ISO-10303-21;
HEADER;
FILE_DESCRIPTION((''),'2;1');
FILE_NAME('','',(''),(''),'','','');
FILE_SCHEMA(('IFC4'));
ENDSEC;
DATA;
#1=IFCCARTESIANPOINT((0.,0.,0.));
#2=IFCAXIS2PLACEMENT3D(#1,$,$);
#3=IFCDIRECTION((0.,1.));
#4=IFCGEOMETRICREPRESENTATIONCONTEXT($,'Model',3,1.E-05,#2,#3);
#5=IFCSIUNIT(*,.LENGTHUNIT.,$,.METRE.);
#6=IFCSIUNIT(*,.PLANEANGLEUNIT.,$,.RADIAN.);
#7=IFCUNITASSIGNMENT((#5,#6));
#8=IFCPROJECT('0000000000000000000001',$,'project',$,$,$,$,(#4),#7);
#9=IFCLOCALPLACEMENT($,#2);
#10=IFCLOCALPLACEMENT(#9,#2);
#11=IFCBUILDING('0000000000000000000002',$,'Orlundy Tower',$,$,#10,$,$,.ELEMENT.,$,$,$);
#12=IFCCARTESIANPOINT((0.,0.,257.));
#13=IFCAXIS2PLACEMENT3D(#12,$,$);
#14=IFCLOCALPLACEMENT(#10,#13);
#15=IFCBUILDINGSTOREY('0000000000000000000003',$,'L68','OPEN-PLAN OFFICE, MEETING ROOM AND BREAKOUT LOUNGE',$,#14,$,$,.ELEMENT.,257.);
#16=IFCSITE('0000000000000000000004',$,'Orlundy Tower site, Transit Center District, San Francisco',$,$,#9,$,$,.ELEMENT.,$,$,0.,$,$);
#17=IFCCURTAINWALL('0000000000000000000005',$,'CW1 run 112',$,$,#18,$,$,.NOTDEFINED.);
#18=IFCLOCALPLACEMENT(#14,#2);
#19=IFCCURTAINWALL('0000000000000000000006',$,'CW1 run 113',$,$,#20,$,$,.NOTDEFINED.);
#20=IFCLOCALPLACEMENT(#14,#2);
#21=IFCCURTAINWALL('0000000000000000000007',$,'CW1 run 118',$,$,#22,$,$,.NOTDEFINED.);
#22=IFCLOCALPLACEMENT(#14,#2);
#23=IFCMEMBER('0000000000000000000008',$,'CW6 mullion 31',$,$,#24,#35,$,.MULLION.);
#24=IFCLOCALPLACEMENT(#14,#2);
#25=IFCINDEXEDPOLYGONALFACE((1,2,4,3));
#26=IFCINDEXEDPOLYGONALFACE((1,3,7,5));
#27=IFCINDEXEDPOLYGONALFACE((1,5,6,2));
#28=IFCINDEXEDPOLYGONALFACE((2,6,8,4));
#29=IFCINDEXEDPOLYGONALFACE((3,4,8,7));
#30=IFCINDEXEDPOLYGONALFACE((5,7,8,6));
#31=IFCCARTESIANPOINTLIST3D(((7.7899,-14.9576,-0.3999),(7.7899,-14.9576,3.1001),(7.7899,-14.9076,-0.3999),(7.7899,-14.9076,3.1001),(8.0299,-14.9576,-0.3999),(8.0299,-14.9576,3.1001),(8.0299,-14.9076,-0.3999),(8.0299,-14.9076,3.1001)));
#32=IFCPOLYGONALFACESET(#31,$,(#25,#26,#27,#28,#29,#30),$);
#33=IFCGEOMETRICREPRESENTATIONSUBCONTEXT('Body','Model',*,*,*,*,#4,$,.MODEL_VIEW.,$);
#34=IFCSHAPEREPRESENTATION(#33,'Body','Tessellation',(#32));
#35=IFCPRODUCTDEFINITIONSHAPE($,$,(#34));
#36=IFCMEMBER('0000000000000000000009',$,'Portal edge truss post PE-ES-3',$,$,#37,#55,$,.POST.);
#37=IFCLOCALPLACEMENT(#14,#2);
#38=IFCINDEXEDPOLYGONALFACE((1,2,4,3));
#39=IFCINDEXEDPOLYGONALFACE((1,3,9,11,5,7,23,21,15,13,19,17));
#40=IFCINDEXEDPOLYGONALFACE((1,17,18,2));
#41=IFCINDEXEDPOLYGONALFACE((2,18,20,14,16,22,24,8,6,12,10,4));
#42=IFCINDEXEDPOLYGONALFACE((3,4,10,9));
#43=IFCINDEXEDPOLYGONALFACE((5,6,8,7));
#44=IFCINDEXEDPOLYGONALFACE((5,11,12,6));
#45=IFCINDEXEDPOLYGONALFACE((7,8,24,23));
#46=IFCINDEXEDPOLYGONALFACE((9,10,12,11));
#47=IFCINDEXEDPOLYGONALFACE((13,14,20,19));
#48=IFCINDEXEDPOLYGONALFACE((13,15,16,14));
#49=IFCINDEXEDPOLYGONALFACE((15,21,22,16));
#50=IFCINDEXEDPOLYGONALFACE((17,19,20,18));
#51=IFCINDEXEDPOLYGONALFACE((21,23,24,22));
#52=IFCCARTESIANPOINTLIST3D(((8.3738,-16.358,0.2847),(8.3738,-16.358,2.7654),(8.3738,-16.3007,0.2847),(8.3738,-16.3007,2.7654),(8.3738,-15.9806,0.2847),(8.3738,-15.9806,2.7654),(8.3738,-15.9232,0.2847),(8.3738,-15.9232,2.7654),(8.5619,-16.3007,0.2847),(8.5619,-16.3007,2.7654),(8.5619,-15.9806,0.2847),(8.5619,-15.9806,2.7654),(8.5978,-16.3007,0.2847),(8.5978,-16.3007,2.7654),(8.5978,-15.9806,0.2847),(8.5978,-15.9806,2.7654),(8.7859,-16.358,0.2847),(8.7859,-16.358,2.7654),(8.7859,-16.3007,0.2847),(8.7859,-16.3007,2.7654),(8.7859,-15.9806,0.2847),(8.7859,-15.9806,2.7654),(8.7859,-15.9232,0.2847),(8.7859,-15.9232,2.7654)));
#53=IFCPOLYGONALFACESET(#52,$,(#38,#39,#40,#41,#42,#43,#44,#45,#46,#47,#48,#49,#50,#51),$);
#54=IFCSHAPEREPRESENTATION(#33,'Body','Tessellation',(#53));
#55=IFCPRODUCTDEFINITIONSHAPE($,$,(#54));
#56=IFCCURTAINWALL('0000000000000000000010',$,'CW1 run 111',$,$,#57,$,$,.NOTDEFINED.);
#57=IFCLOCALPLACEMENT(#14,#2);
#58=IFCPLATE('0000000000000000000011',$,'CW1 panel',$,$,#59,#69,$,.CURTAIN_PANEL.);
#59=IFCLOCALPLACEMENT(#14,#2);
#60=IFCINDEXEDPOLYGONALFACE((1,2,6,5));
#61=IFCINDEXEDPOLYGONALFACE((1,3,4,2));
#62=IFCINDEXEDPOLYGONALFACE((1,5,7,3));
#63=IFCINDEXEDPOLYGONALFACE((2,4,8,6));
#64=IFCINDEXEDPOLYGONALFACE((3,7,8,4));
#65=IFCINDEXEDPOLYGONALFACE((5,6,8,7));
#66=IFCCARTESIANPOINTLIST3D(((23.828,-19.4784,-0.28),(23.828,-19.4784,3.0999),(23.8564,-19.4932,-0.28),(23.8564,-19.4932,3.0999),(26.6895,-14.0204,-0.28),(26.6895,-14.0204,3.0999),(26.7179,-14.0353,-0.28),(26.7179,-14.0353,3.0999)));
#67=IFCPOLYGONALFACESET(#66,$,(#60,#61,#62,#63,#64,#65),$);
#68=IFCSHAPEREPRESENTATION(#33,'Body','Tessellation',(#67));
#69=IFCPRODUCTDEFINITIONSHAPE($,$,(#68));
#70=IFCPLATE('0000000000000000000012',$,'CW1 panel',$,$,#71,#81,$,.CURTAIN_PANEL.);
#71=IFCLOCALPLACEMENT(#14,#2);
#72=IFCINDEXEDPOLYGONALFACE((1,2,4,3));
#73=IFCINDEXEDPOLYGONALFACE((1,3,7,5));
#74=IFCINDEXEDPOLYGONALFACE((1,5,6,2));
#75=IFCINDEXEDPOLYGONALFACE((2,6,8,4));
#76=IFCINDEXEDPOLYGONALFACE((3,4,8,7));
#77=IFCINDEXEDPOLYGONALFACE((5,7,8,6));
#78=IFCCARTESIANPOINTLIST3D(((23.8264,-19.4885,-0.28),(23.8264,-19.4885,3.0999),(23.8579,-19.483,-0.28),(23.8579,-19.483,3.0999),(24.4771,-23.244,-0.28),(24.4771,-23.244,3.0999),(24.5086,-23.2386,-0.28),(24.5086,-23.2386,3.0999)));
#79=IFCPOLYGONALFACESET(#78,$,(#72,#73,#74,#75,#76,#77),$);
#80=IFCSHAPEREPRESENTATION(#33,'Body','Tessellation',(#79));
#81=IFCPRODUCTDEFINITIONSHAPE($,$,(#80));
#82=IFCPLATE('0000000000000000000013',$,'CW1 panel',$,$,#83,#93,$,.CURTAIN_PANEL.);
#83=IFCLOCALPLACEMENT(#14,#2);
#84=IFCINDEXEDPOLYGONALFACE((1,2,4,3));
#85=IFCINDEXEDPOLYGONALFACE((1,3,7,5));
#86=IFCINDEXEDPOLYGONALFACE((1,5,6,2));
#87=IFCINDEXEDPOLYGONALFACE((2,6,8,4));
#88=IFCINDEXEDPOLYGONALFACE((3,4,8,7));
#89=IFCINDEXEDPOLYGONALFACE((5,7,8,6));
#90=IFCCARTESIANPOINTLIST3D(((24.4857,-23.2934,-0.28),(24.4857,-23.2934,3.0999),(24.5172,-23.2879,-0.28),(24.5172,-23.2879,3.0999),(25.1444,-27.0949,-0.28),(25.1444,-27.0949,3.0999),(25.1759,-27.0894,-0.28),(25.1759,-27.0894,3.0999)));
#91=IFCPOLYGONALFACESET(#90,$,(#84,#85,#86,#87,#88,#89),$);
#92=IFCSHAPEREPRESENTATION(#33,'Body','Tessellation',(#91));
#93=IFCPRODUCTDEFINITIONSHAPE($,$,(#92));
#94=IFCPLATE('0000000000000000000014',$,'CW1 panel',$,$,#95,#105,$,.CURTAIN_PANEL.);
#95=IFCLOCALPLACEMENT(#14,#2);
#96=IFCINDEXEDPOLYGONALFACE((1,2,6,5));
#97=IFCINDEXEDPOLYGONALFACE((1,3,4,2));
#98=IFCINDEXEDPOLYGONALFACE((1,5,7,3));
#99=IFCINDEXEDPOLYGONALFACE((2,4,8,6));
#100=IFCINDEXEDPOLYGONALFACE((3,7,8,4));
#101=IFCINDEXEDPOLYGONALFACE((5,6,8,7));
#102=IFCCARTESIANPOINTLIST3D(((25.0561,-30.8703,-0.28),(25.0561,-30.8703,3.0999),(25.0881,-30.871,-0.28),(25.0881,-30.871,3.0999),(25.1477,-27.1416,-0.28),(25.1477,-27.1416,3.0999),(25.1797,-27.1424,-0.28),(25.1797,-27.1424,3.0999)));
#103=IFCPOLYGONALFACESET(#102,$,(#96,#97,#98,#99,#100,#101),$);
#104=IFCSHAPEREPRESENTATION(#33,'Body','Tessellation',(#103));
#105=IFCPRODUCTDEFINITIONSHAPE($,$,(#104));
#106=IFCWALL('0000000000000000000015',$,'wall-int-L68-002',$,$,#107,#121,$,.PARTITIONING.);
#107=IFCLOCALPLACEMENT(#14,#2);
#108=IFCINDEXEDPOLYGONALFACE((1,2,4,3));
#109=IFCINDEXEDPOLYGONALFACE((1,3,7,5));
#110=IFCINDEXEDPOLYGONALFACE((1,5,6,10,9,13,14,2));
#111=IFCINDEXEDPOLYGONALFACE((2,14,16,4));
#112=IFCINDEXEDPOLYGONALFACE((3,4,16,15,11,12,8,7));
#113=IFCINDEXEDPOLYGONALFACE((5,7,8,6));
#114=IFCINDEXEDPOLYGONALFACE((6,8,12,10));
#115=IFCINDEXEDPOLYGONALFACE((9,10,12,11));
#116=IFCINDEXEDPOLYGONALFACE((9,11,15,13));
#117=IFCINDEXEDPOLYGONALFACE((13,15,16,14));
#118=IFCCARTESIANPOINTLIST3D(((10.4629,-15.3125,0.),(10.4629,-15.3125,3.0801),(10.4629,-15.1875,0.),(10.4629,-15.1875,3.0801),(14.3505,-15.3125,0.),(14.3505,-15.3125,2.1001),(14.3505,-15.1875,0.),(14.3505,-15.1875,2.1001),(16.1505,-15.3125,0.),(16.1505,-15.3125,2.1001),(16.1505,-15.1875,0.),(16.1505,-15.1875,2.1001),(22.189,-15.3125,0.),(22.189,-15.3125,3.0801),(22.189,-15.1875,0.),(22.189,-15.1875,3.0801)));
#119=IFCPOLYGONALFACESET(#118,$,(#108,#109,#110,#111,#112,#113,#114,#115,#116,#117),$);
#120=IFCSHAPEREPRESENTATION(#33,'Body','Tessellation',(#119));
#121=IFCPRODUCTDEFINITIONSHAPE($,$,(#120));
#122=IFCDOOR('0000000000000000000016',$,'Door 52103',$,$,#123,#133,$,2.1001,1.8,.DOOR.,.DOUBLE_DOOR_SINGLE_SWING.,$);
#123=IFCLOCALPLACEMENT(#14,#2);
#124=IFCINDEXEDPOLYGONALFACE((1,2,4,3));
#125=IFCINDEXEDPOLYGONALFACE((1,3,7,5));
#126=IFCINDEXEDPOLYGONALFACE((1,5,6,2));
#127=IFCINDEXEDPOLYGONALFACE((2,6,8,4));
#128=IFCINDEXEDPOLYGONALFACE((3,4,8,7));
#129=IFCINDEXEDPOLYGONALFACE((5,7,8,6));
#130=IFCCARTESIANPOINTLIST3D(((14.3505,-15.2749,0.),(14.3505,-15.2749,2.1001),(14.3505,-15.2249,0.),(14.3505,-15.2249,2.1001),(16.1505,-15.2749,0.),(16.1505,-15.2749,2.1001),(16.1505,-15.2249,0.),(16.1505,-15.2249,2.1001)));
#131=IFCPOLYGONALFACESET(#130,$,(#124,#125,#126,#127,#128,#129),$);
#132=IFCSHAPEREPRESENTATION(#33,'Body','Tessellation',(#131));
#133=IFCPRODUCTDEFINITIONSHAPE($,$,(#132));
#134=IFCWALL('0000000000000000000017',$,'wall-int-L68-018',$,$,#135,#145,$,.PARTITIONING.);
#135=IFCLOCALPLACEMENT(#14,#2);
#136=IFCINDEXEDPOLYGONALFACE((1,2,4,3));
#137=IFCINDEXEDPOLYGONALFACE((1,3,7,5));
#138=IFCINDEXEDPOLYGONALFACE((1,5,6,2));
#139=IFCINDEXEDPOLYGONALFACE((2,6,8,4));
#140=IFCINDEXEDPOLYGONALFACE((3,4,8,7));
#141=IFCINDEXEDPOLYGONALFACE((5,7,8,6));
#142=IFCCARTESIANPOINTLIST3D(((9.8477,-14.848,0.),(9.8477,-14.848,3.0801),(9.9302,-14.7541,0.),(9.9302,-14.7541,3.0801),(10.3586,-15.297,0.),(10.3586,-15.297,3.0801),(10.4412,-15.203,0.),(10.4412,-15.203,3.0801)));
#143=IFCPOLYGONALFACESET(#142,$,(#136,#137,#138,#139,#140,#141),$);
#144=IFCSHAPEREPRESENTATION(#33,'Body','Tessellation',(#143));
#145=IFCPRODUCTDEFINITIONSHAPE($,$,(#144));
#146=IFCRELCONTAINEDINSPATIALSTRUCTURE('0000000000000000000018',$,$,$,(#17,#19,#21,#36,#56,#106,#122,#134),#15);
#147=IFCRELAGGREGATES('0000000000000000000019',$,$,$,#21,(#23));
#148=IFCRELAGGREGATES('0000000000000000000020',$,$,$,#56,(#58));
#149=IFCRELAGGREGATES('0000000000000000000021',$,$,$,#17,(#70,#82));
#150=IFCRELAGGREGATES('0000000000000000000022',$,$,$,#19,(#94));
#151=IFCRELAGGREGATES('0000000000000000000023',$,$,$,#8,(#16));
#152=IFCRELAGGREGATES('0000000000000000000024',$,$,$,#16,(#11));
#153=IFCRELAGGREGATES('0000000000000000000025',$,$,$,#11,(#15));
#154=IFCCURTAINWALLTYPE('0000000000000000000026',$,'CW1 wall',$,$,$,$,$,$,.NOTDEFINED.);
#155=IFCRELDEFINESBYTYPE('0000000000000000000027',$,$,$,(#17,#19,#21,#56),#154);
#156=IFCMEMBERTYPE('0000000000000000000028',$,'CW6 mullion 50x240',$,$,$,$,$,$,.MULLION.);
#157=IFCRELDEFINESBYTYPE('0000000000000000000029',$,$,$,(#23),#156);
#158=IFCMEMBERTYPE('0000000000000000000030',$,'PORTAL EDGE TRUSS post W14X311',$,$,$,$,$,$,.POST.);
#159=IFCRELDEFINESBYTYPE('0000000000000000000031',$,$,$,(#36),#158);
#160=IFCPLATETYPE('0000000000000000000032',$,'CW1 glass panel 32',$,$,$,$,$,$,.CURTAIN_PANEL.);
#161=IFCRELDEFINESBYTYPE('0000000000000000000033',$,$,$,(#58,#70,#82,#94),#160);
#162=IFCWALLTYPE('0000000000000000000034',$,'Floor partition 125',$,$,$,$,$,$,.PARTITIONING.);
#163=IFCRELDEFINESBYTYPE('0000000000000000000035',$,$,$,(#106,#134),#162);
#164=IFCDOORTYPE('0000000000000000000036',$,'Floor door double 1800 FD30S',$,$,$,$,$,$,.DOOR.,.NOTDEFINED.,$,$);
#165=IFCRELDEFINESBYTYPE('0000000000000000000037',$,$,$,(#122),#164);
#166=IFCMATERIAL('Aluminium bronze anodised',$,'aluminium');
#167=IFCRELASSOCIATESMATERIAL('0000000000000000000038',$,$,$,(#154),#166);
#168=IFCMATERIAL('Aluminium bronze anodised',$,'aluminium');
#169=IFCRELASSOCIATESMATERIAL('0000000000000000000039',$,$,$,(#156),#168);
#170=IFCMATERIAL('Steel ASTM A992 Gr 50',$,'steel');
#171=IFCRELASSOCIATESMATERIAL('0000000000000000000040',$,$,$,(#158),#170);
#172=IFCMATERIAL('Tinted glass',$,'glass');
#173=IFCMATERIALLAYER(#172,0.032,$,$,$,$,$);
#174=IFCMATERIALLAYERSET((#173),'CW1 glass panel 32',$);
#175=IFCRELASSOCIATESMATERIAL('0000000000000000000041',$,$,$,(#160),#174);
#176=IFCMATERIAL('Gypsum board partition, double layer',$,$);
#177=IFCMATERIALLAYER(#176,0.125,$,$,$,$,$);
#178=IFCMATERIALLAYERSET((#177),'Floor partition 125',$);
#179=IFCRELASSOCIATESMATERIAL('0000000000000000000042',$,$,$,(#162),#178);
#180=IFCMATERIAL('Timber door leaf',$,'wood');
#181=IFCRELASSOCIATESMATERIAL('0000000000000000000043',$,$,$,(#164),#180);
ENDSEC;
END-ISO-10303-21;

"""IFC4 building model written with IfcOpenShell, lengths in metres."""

from ifc_helpers import new_model, si_unit, direction, frame, frame_2d, origin, origin_2d, place, context, subcontext, project, spatial, rectangle, i_section, extrude, material, layer, layer_set, material_profile, profile_set, type_object, element, fill, aggregate, save


model = new_model("IFC4")

# Units and contexts
model_context = context("Model", 3, precision=1e-05, world=origin(), true_north=direction((0.0, 1.0)))
body_context = subcontext(model_context, "Body", "Model", "MODEL_VIEW")
ifc_project = project(units=[si_unit("LENGTHUNIT", "METRE"), si_unit("PLANEANGLEUNIT", "RADIAN")], contexts=[model_context])

# Site, building, storey
site_placement = place(None, origin())
site = spatial("IfcSite", under=ifc_project, at=site_placement, Name="Orlundy Tower site, Transit Center District, San Francisco", CompositionType="ELEMENT", RefElevation=0.0)
building_placement = place(site_placement, origin())
building = spatial("IfcBuilding", under=site, at=building_placement, Name="Orlundy Tower", CompositionType="ELEMENT")
storey_placement = place(building_placement, frame((0.0, 0.0, 257.0)))
storey = spatial("IfcBuildingStorey", under=building, at=storey_placement, Name="L68", Description="OPEN-PLAN OFFICE, MEETING ROOM AND BREAKOUT LOUNGE", CompositionType="ELEMENT", Elevation=257.0)

# Curtain wall
ifc_material_1 = material(Name="Aluminium bronze anodised", Category="aluminium")
curtain_wall_type = type_object("IfcCurtainWallType", Name="CW1 wall", PredefinedType="NOTDEFINED", material=ifc_material_1)
curtain_wall_1_placement = place(storey_placement, origin())
curtain_wall_1 = element("IfcCurtainWall", 1, at=curtain_wall_1_placement, inside=storey, type_object=curtain_wall_type, Name="CW1 run 112", PredefinedType="NOTDEFINED")

# Curtain wall
curtain_wall_2_placement = place(storey_placement, origin())
curtain_wall_2 = element("IfcCurtainWall", 2, at=curtain_wall_2_placement, inside=storey, type_object=curtain_wall_type, Name="CW1 run 113", PredefinedType="NOTDEFINED")

# Curtain wall, member
curtain_wall_3_placement = place(storey_placement, origin())
curtain_wall_3 = element("IfcCurtainWall", 3, at=curtain_wall_3_placement, inside=storey, type_object=curtain_wall_type, Name="CW1 run 118", PredefinedType="NOTDEFINED")
ifc_material_2 = material(Name="Aluminium bronze anodised", Category="aluminium")
ifc_material_profile_1 = material_profile(ifc_material_2, rectangle(XDim=0.24, YDim=0.05, at=origin_2d()), Name="CW6 mullion 50x240")
ifc_profile_set_1 = profile_set([ifc_material_profile_1], Name="Aluminium bronze anodised")
member_type_1 = type_object("IfcMemberType", Name="CW6 mullion 50x240", PredefinedType="MULLION", material=ifc_profile_set_1)
member_1_placement = place(storey_placement, frame((7.9099, -14.9326, -0.3999), z_axis=(0.0, 0.0, 1.0), x_axis=(-1.0, 0.0, 0.0)))
member_1 = element("IfcMember", 4, at=member_1_placement, type_object=member_type_1, Name="CW6 mullion 31", PredefinedType="MULLION", context=body_context, shape_type="SweptSolid", body=[
    extrude(rectangle(XDim=0.24, YDim=0.05, at=origin_2d()), origin(), (0.0, 0.0, 1.0), 3.5),
])
aggregate(curtain_wall_3, [member_1])

# Member
ifc_material_3 = material(Name="Steel ASTM A992 Gr 50", Category="steel")
ifc_material_profile_2 = material_profile(ifc_material_3, i_section(OverallWidth=0.4121, OverallDepth=0.4348, WebThickness=0.0359, FlangeThickness=0.0574, at=origin_2d()), Name="W14X311")
ifc_profile_set_2 = profile_set([ifc_material_profile_2], Name="Steel ASTM A992 Gr 50")
member_type_2 = type_object("IfcMemberType", Name="PORTAL EDGE TRUSS post W14X311", PredefinedType="POST", material=ifc_profile_set_2)
member_2_placement = place(storey_placement, frame((8.5798, -16.1406, 0.2847), z_axis=(0.0, 0.0, 1.0), x_axis=(1.0, 0.0, 0.0)))
element("IfcMember", 5, at=member_2_placement, inside=storey, type_object=member_type_2, Name="Portal edge truss post PE-ES-3", PredefinedType="POST", context=body_context, shape_type="SweptSolid", body=[
    extrude(i_section(OverallWidth=0.4121, OverallDepth=0.4348, WebThickness=0.0359, FlangeThickness=0.0574, at=origin_2d()), origin(), (0.0, 0.0, 1.0), 2.4807),
])

# Curtain wall, plate
curtain_wall_4_placement = place(storey_placement, origin())
curtain_wall_4 = element("IfcCurtainWall", 6, at=curtain_wall_4_placement, inside=storey, type_object=curtain_wall_type, Name="CW1 run 111", PredefinedType="NOTDEFINED")
ifc_material_4 = material(Name="Tinted glass", Category="glass")
ifc_layer_1 = layer(ifc_material_4, 0.032)
ifc_layer_set_1 = layer_set([ifc_layer_1], Name="CW1 glass panel 32")
plate_type = type_object("IfcPlateType", Name="CW1 glass panel 32", PredefinedType="CURTAIN_PANEL", material=ifc_layer_set_1)
plate_1_placement = place(storey_placement, frame((25.2729, -16.7568, -0.28), z_axis=(0.0, 0.0, 1.0), x_axis=(-0.464333, -0.885661, 0.0)))
plate_1 = element("IfcPlate", 7, at=plate_1_placement, type_object=plate_type, Name="CW1 panel", PredefinedType="CURTAIN_PANEL", context=body_context, shape_type="SweptSolid", body=[
    extrude(rectangle(XDim=6.1626, YDim=0.032, at=origin_2d()), origin(), (0.0, 0.0, 1.0), 3.3799),
])
aggregate(curtain_wall_4, [plate_1])

# Plates
plate_2_placement = place(storey_placement, frame((24.1675, -21.3635, -0.28), z_axis=(0.0, 0.0, 1.0), x_axis=(0.170729, -0.985318, 0.0)))
plate_2 = element("IfcPlate", 8, at=plate_2_placement, type_object=plate_type, Name="CW1 panel", PredefinedType="CURTAIN_PANEL", context=body_context, shape_type="SweptSolid", body=[
    extrude(rectangle(XDim=3.8115, YDim=0.032, at=origin_2d()), origin(), (0.0, 0.0, 1.0), 3.3799),
])
plate_3_placement = place(storey_placement, frame((24.8308, -25.1914, -0.28), z_axis=(0.0, 0.0, 1.0), x_axis=(0.170729, -0.985318, 0.0)))
plate_3 = element("IfcPlate", 9, at=plate_3_placement, type_object=plate_type, Name="CW1 panel", PredefinedType="CURTAIN_PANEL", context=body_context, shape_type="SweptSolid", body=[
    extrude(rectangle(XDim=3.8582, YDim=0.032, at=origin_2d()), origin(), (0.0, 0.0, 1.0), 3.3799),
])
aggregate(curtain_wall_1, [plate_2, plate_3])
plate_4_placement = place(storey_placement, frame((25.1179, -29.0063, -0.28), z_axis=(0.0, 0.0, 1.0), x_axis=(-0.024554, -0.999699, 0.0)))
plate_4 = element("IfcPlate", 10, at=plate_4_placement, type_object=plate_type, Name="CW1 panel", PredefinedType="CURTAIN_PANEL", context=body_context, shape_type="SweptSolid", body=[
    extrude(rectangle(XDim=3.7297, YDim=0.032, at=origin_2d()), origin(), (0.0, 0.0, 1.0), 3.3799),
])
aggregate(curtain_wall_2, [plate_4])

# Wall, opening, door
ifc_material_5 = material(Name="Gypsum board partition, double layer")
ifc_layer_2 = layer(ifc_material_5, 0.125)
ifc_layer_set_2 = layer_set([ifc_layer_2], Name="Floor partition 125")
wall_type = type_object("IfcWallType", Name="Floor partition 125", PredefinedType="PARTITIONING", material=ifc_layer_set_2)
wall_1_placement = place(storey_placement, frame((22.189, -15.25, 0.0), z_axis=(0.0, 0.0, 1.0), x_axis=(-1.0, 0.0, 0.0)))
wall_1 = element("IfcWall", 11, at=wall_1_placement, inside=storey, type_object=wall_type, Name="wall-int-L68-002", PredefinedType="PARTITIONING", context=body_context, shape_type="SweptSolid", body=[
    extrude(rectangle(XDim=11.7261, YDim=0.125, at=frame_2d((5.863, 0.0))), origin(), (0.0, 0.0, 1.0), 3.0801),
])
opening_placement = place(wall_1_placement, frame((6.0386, 0.0, 0.0)))
opening = element("IfcOpeningElement", 12, at=opening_placement, cuts=wall_1, PredefinedType="OPENING", context=body_context, shape_type="SweptSolid", body=[
    extrude(rectangle(XDim=1.8, YDim=2.1001, at=frame_2d((0.8999, 1.05))), frame((0.0, 0.0725, 0.0), z_axis=(0.0, -1.0, 0.0), x_axis=(1.0, 0.0, 0.0)), (0.0, 0.0, 1.0), 0.145),
])
ifc_material_6 = material(Name="Timber door leaf", Category="wood")
door_type = type_object("IfcDoorType", Name="Floor door double 1800 FD30S", OperationType="NOTDEFINED", PredefinedType="DOOR", material=ifc_material_6)
door_placement = place(opening_placement, origin())
door = element("IfcDoor", 13, at=door_placement, inside=storey, type_object=door_type, Name="Door 52103", OperationType="DOUBLE_DOOR_SINGLE_SWING", OverallHeight=2.1001, OverallWidth=1.8, PredefinedType="DOOR", context=body_context, shape_type="SweptSolid", body=[
    extrude(rectangle(XDim=1.8, YDim=2.1001, at=frame_2d((0.8999, 1.05))), frame((0.0, 0.0249, 0.0), z_axis=(0.0, -1.0, 0.0), x_axis=(1.0, 0.0, 0.0)), (0.0, 0.0, 1.0), 0.05),
])
fill(opening, door)

# Wall
wall_2_placement = place(storey_placement, frame((10.3999, -15.25, 0.0), z_axis=(0.0, 0.0, 1.0), x_axis=(-0.751219, 0.660053, 0.0)))
element("IfcWall", 14, at=wall_2_placement, inside=storey, type_object=wall_type, Name="wall-int-L68-018", PredefinedType="PARTITIONING", context=body_context, shape_type="SweptSolid", body=[
    extrude(rectangle(XDim=0.6802, YDim=0.125, at=frame_2d((0.3401, 0.0))), origin(), (0.0, 0.0, 1.0), 3.0801),
])

save(model, "model.ifc")
